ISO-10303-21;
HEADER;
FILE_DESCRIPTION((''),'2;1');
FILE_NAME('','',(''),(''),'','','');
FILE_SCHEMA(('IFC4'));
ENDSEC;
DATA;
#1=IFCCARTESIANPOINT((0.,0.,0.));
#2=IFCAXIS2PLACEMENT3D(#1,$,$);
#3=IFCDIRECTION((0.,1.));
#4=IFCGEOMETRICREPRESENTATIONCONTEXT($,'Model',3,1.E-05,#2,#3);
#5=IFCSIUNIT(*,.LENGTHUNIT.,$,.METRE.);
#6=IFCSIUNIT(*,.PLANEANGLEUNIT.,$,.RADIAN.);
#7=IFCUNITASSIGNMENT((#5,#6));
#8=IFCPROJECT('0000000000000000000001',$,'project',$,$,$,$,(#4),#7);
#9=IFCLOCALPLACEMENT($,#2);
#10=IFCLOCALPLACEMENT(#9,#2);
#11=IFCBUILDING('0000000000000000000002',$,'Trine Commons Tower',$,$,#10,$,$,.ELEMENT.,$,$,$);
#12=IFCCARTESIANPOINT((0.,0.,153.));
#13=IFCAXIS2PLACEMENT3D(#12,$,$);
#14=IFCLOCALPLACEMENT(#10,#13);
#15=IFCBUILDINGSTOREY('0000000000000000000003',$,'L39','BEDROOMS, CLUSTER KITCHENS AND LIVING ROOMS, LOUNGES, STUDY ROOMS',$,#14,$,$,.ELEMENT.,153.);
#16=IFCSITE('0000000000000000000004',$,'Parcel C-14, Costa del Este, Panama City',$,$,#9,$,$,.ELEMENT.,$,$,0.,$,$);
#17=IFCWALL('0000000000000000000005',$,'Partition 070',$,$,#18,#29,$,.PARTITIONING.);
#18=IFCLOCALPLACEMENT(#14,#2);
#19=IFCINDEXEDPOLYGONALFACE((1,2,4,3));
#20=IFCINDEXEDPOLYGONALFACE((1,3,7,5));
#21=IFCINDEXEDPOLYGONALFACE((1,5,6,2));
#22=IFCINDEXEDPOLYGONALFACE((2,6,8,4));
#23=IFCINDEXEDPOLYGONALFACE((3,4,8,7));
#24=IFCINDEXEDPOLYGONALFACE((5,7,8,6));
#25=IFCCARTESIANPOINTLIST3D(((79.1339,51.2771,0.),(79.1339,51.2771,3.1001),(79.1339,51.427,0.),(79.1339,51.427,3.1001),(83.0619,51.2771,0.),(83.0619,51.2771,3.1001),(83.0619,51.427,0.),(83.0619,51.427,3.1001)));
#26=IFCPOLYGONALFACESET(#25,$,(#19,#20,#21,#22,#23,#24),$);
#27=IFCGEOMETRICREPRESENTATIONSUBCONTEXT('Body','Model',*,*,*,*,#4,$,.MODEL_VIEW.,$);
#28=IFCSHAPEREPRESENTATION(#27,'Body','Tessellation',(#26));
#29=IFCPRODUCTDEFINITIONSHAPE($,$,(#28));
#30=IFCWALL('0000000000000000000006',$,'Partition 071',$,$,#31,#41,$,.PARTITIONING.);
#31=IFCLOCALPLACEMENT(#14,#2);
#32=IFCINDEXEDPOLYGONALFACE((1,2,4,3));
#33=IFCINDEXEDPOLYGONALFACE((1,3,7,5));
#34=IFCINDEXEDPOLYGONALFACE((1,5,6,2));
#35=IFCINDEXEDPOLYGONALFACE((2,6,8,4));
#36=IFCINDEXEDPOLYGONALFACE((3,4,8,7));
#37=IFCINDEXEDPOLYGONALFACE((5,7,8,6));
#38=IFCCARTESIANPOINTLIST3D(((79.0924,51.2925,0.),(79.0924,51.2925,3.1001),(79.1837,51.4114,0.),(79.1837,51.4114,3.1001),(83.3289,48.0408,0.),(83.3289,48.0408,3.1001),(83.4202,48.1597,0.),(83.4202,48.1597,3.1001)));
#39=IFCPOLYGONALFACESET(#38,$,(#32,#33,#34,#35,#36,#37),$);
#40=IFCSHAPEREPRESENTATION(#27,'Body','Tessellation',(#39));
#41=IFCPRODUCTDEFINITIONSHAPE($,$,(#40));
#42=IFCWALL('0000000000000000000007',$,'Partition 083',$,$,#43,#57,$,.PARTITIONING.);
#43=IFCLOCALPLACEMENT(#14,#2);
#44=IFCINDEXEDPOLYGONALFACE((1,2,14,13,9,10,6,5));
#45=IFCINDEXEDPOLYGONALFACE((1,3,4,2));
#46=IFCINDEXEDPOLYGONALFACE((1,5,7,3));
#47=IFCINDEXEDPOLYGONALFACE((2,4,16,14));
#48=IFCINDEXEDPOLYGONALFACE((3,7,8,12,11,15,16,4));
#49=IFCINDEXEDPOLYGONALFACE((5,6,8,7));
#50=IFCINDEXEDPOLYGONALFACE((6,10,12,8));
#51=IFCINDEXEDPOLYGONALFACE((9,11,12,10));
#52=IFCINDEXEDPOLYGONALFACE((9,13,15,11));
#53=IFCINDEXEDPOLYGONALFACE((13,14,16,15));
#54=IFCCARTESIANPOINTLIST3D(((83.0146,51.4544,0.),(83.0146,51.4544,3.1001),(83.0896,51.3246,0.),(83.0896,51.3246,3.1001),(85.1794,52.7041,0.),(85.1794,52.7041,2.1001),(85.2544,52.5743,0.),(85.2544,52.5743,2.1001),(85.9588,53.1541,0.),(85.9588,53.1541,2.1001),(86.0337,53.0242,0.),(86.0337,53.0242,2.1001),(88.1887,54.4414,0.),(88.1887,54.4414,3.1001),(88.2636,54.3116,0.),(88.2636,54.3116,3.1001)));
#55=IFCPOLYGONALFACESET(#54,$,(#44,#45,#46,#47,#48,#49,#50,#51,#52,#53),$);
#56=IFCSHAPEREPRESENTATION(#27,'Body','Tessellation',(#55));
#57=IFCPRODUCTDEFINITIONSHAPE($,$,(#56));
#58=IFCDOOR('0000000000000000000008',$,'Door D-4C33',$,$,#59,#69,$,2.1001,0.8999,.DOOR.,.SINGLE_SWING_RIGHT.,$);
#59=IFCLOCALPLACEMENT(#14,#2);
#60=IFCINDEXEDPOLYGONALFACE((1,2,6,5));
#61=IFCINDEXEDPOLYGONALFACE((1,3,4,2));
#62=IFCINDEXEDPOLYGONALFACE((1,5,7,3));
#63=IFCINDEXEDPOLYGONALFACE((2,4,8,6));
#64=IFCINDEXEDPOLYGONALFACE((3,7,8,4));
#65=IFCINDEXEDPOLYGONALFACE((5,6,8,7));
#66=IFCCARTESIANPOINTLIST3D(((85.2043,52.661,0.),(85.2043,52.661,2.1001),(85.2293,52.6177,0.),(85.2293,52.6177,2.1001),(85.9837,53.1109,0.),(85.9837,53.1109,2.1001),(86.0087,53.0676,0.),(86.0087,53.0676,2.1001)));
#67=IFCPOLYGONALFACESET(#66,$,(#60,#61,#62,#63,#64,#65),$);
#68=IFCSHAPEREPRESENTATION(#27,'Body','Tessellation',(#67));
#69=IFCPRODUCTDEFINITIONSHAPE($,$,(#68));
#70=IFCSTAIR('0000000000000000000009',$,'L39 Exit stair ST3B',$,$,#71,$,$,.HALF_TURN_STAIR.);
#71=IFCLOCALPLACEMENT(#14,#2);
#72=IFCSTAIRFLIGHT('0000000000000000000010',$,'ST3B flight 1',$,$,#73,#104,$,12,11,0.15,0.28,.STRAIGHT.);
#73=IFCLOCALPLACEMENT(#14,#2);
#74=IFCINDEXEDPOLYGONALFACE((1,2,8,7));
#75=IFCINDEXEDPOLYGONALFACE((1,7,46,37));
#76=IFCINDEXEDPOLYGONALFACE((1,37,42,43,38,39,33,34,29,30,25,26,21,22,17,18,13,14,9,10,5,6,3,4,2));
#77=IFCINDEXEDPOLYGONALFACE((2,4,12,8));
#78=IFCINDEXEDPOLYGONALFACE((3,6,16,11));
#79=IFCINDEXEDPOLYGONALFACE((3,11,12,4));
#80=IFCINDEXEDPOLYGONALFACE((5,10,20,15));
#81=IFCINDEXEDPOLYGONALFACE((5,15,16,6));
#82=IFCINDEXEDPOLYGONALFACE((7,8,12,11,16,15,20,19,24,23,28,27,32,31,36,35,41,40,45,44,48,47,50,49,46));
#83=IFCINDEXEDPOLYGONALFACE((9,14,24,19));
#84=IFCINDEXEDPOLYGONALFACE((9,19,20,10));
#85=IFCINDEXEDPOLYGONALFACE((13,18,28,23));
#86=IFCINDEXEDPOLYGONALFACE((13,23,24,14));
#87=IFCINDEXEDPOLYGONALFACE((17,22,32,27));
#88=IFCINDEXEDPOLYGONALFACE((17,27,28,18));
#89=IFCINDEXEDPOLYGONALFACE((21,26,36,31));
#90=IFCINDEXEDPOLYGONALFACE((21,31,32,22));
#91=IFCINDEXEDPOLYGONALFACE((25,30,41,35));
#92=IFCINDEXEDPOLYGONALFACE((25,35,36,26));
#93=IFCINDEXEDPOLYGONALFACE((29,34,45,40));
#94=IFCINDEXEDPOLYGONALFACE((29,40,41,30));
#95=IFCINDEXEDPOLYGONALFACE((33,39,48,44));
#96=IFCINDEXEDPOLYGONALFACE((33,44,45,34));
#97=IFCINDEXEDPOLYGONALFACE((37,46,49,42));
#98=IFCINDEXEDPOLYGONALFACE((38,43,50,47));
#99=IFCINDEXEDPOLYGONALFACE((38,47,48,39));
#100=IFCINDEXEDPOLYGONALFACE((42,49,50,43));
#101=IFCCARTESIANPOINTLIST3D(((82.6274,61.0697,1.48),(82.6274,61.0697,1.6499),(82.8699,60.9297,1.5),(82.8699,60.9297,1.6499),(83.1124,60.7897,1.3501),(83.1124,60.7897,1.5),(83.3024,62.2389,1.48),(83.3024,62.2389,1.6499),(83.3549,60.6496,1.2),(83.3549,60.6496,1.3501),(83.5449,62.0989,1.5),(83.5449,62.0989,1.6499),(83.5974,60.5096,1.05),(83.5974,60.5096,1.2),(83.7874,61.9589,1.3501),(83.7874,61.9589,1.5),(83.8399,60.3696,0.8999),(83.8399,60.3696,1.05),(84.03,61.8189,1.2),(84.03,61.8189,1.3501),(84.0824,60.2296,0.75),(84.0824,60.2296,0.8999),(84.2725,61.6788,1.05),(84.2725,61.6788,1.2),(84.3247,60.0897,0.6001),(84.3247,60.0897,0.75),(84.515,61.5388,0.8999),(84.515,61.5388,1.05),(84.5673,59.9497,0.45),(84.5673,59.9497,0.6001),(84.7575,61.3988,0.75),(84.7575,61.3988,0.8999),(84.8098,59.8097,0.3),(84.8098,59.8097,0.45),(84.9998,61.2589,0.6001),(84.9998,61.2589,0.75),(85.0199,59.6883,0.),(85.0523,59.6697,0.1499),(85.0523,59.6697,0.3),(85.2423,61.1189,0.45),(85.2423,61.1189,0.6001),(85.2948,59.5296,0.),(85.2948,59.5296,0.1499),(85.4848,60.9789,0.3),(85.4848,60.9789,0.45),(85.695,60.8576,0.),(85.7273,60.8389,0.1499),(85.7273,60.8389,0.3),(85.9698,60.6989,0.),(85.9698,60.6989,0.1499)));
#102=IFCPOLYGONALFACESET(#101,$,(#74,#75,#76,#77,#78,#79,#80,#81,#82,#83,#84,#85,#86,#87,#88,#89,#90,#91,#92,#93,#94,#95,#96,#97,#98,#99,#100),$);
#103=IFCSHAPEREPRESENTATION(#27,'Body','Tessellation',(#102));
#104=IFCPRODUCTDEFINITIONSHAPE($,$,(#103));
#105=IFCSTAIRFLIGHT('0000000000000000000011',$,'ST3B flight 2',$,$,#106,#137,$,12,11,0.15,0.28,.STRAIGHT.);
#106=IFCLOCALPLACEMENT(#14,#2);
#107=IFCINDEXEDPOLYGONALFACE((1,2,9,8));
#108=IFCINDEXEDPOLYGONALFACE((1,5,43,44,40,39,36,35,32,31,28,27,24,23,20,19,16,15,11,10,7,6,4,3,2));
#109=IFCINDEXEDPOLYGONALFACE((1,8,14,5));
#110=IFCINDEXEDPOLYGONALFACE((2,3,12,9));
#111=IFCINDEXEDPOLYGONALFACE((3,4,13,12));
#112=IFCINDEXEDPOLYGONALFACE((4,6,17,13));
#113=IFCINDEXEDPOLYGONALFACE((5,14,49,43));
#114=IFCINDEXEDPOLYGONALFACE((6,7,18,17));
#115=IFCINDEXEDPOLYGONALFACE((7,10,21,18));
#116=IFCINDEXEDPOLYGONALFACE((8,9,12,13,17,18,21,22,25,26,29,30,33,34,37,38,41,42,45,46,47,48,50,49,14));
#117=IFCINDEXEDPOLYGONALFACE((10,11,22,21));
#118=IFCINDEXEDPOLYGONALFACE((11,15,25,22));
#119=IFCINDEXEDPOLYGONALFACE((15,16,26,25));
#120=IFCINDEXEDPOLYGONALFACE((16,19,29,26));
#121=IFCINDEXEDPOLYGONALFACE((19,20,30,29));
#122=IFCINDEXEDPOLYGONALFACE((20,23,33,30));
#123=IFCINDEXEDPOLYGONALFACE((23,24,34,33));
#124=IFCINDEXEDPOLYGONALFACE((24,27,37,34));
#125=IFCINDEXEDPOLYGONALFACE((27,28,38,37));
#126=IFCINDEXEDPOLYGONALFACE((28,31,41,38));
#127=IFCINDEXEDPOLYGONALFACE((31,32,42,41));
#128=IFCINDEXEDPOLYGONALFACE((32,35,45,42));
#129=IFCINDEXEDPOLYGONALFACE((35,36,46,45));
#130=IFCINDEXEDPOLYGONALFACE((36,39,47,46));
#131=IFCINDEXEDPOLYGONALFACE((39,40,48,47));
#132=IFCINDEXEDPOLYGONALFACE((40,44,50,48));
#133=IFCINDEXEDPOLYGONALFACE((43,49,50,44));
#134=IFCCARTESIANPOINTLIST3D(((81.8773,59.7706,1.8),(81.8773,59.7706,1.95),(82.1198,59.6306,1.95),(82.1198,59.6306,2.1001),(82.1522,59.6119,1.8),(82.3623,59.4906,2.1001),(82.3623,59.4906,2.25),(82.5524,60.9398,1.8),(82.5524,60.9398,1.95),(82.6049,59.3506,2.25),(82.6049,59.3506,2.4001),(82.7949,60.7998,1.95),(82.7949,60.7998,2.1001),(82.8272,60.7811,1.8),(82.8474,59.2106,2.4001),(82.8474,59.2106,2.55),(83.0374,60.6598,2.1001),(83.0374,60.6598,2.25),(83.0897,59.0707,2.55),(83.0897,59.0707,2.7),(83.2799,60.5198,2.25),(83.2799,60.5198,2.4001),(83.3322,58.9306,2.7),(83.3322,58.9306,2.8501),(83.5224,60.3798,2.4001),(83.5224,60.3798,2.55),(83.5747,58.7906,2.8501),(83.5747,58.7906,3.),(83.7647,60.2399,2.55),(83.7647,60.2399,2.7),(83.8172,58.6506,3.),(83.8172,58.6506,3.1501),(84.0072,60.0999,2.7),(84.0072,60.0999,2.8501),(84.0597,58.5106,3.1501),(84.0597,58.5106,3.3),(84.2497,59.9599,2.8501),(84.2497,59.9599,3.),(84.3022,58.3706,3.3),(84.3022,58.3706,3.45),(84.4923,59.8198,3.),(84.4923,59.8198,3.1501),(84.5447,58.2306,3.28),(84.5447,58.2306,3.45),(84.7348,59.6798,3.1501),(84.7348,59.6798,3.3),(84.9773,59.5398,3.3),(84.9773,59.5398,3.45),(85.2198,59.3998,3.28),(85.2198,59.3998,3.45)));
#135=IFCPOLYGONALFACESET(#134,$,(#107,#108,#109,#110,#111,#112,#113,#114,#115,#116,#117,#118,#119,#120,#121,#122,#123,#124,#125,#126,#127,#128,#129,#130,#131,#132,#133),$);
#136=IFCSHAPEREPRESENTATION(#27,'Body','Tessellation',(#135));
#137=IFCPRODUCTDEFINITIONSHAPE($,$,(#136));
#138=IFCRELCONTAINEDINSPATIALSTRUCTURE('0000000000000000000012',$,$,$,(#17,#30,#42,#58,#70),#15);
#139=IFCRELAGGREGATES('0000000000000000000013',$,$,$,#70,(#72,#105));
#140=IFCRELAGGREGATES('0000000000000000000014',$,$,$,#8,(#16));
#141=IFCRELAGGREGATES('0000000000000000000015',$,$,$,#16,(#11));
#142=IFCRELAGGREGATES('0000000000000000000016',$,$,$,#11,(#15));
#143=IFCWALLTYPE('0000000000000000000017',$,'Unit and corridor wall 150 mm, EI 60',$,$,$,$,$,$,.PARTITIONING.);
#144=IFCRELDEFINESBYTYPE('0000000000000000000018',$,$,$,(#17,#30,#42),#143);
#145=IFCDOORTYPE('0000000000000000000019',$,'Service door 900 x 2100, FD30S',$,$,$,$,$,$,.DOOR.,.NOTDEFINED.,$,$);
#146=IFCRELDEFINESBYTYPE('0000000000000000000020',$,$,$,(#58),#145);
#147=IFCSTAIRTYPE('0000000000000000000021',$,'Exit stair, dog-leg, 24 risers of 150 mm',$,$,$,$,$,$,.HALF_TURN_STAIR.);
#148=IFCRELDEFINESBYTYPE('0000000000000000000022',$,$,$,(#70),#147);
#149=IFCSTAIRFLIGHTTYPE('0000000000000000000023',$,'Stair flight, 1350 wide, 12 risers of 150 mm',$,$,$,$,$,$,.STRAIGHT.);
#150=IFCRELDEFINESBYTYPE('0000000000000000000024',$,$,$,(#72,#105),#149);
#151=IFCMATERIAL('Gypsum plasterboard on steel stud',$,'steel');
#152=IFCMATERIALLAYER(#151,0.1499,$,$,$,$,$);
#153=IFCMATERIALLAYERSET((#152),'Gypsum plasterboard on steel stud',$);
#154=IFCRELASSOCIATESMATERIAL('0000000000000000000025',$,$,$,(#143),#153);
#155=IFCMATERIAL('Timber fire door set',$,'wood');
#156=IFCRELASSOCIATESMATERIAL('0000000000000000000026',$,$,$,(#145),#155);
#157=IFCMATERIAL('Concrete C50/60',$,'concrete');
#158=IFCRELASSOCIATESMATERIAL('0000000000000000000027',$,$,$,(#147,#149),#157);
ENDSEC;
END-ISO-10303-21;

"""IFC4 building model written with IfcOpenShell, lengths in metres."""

from ifc_helpers import new_model, si_unit, direction, frame, frame_2d, origin, place, context, subcontext, project, spatial, polyline, rectangle, outline, extrude, material, layer, layer_set, type_object, element, fill, aggregate, save


model = new_model("IFC4")

# Units and contexts
model_context = context("Model", 3, precision=1e-05, world=origin(), true_north=direction((0.0, 1.0)))
body_context = subcontext(model_context, "Body", "Model", "MODEL_VIEW")
ifc_project = project(units=[si_unit("LENGTHUNIT", "METRE"), si_unit("PLANEANGLEUNIT", "RADIAN")], contexts=[model_context])

# Site, building, storey
site_placement = place(None, origin())
site = spatial("IfcSite", under=ifc_project, at=site_placement, Name="Parcel C-14, Costa del Este, Panama City", CompositionType="ELEMENT", RefElevation=0.0)
building_placement = place(site_placement, origin())
building = spatial("IfcBuilding", under=site, at=building_placement, Name="Trine Commons Tower", CompositionType="ELEMENT")
storey_placement = place(building_placement, frame((0.0, 0.0, 153.0)))
storey = spatial("IfcBuildingStorey", under=building, at=storey_placement, Name="L39", Description="BEDROOMS, CLUSTER KITCHENS AND LIVING ROOMS, LOUNGES, STUDY ROOMS", CompositionType="ELEMENT", Elevation=153.0)

# Shared definitions
ifc_material_1 = material(Name="Concrete C50/60", Category="concrete")

# Walls
ifc_material_2 = material(Name="Gypsum plasterboard on steel stud", Category="steel")
ifc_layer_1 = layer(ifc_material_2, 0.1499)
ifc_layer_set_1 = layer_set([ifc_layer_1], Name="Gypsum plasterboard on steel stud")
wall_type_1 = type_object("IfcWallType", Name="Unit and corridor wall 150 mm, EI 60", PredefinedType="PARTITIONING", material=ifc_layer_set_1)
wall_1_placement = place(storey_placement, frame((79.134, 51.3521, 0.0), z_axis=(0.0, 0.0, 1.0), x_axis=(1.0, 0.0, 0.0)))
element("IfcWall", 1, at=wall_1_placement, inside=storey, type_object=wall_type_1, Name="Partition 070", PredefinedType="PARTITIONING", context=body_context, shape_type="SweptSolid", body=[
    extrude(rectangle(XDim=3.928, YDim=0.1499, at=frame_2d((1.9639, 0.0))), origin(), (0.0, 0.0, 1.0), 3.1001),
])
wall_2_placement = place(storey_placement, frame((79.1379, 51.3521, 0.0), z_axis=(0.0, 0.0, 1.0), x_axis=(0.793274, -0.608864, 0.0)))
element("IfcWall", 2, at=wall_2_placement, inside=storey, type_object=wall_type_1, Name="Partition 071", PredefinedType="PARTITIONING", context=body_context, shape_type="SweptSolid", body=[
    extrude(rectangle(XDim=5.3406, YDim=0.1499, at=frame_2d((2.6704, 0.0))), origin(), (0.0, 0.0, 1.0), 3.1001),
])

# Wall, opening, door
wall_3_placement = place(storey_placement, frame((83.052, 51.3894, 0.0), z_axis=(0.0, 0.0, 1.0), x_axis=(0.866039, 0.499976, 0.0)))
wall_3 = element("IfcWall", 3, at=wall_3_placement, inside=storey, type_object=wall_type_1, Name="Partition 083", PredefinedType="PARTITIONING", context=body_context, shape_type="SweptSolid", body=[
    extrude(rectangle(XDim=5.9744, YDim=0.1499, at=frame_2d((2.9873, 0.0))), origin(), (0.0, 0.0, 1.0), 3.1001),
])
opening_1_placement = place(wall_3_placement, frame((2.4998, 0.0, 0.0)))
opening_1 = element("IfcOpeningElement", 4, at=opening_1_placement, cuts=wall_3, PredefinedType="OPENING", context=body_context, shape_type="SweptSolid", body=[
    extrude(rectangle(XDim=0.8999, YDim=2.1001, at=frame_2d((0.45, 1.05))), frame((0.0, 0.085, 0.0), z_axis=(0.0, -1.0, 0.0), x_axis=(1.0, 0.0, 0.0)), (0.0, 0.0, 1.0), 0.1699),
])
ifc_material_3 = material(Name="Timber fire door set", Category="wood")
door_type_1 = type_object("IfcDoorType", Name="Service door 900 x 2100, FD30S", OperationType="NOTDEFINED", PredefinedType="DOOR", material=ifc_material_3)
door_1_placement = place(opening_1_placement, frame((0.8999, 0.0, 0.0), z_axis=(0.0, 0.0, 1.0), x_axis=(-1.0, 0.0, 0.0)))
door_1 = element("IfcDoor", 5, at=door_1_placement, inside=storey, type_object=door_type_1, Name="Door D-4C33", OperationType="SINGLE_SWING_RIGHT", OverallHeight=2.1001, OverallWidth=0.8999, PredefinedType="DOOR", context=body_context, shape_type="SweptSolid", body=[
    extrude(rectangle(XDim=0.8999, YDim=2.1001, at=frame_2d((0.45, 1.05))), frame((0.0, 0.0249, 0.0), z_axis=(0.0, -1.0, 0.0), x_axis=(1.0, 0.0, 0.0)), (0.0, 0.0, 1.0), 0.05),
])
fill(opening_1, door_1)

# Stair, stair flights
stair_type = type_object("IfcStairType", Name="Exit stair, dog-leg, 24 risers of 150 mm", PredefinedType="HALF_TURN_STAIR", material=ifc_material_1)
stair_placement = place(storey_placement, origin())
stair = element("IfcStair", 6, at=stair_placement, inside=storey, type_object=stair_type, Name="L39 Exit stair ST3B", PredefinedType="HALF_TURN_STAIR")
stair_flight_type = type_object("IfcStairFlightType", Name="Stair flight, 1350 wide, 12 risers of 150 mm", PredefinedType="STRAIGHT", material=ifc_material_1)
stair_flight_1_placement = place(storey_placement, frame((85.6323, 60.1143, 0.0), z_axis=(0.0, 0.0, 1.0), x_axis=(-0.866025, 0.5, 0.0)))
stair_flight_1 = element("IfcStairFlight", 7, at=stair_flight_1_placement, type_object=stair_flight_type, Name="ST3B flight 1", NumberOfRisers=12, NumberOfTreads=11, PredefinedType="STRAIGHT", RiserHeight=0.15, TreadLength=0.28, context=body_context, shape_type="SweptSolid", body=[
    extrude(outline(polyline([(0.0, 0.0), (0.0, 0.1499), (0.28, 0.1499), (0.28, 0.3), (0.5601, 0.3), (0.5601, 0.45), (0.8401, 0.45), (0.8401, 0.6001), (1.1201, 0.6001), (1.1201, 0.75), (1.3999, 0.75), (1.3999, 0.8999), (1.6799, 0.8999), (1.6799, 1.05), (1.96, 1.05), (1.96, 1.2), (2.24, 1.2), (2.24, 1.3501), (2.52, 1.3501), (2.52, 1.5), (2.8, 1.5), (2.8, 1.6499), (3.0801, 1.6499), (3.0801, 1.8), (3.0801, 1.48), (0.3174, 0.0), (0.0, 0.0)])), frame((0.0, 0.675, 0.0), z_axis=(0.0, -1.0, 0.0), x_axis=(1.0, 0.0, 0.0)), (0.0, 0.0, 1.0), 1.3501),
])
stair_flight_2_placement = place(storey_placement, frame((82.2148, 60.3552, 1.8), z_axis=(0.0, 0.0, 1.0), x_axis=(0.866025, -0.5, 0.0)))
stair_flight_2 = element("IfcStairFlight", 8, at=stair_flight_2_placement, type_object=stair_flight_type, Name="ST3B flight 2", NumberOfRisers=12, NumberOfTreads=11, PredefinedType="STRAIGHT", RiserHeight=0.15, TreadLength=0.28, context=body_context, shape_type="SweptSolid", body=[
    extrude(outline(polyline([(0.0, 0.0), (0.0, 0.1499), (0.28, 0.1499), (0.28, 0.3), (0.5601, 0.3), (0.5601, 0.45), (0.8401, 0.45), (0.8401, 0.6001), (1.1201, 0.6001), (1.1201, 0.75), (1.3999, 0.75), (1.3999, 0.8999), (1.6799, 0.8999), (1.6799, 1.05), (1.96, 1.05), (1.96, 1.2), (2.24, 1.2), (2.24, 1.3501), (2.52, 1.3501), (2.52, 1.5), (2.8, 1.5), (2.8, 1.6499), (3.0801, 1.6499), (3.0801, 1.8), (3.0801, 1.48), (0.3174, 0.0), (0.0, 0.0)])), frame((0.0, 0.675, 0.0), z_axis=(0.0, -1.0, 0.0), x_axis=(1.0, 0.0, 0.0)), (0.0, 0.0, 1.0), 1.3501),
])
aggregate(stair, [stair_flight_1, stair_flight_2])

save(model, "model.ifc")
